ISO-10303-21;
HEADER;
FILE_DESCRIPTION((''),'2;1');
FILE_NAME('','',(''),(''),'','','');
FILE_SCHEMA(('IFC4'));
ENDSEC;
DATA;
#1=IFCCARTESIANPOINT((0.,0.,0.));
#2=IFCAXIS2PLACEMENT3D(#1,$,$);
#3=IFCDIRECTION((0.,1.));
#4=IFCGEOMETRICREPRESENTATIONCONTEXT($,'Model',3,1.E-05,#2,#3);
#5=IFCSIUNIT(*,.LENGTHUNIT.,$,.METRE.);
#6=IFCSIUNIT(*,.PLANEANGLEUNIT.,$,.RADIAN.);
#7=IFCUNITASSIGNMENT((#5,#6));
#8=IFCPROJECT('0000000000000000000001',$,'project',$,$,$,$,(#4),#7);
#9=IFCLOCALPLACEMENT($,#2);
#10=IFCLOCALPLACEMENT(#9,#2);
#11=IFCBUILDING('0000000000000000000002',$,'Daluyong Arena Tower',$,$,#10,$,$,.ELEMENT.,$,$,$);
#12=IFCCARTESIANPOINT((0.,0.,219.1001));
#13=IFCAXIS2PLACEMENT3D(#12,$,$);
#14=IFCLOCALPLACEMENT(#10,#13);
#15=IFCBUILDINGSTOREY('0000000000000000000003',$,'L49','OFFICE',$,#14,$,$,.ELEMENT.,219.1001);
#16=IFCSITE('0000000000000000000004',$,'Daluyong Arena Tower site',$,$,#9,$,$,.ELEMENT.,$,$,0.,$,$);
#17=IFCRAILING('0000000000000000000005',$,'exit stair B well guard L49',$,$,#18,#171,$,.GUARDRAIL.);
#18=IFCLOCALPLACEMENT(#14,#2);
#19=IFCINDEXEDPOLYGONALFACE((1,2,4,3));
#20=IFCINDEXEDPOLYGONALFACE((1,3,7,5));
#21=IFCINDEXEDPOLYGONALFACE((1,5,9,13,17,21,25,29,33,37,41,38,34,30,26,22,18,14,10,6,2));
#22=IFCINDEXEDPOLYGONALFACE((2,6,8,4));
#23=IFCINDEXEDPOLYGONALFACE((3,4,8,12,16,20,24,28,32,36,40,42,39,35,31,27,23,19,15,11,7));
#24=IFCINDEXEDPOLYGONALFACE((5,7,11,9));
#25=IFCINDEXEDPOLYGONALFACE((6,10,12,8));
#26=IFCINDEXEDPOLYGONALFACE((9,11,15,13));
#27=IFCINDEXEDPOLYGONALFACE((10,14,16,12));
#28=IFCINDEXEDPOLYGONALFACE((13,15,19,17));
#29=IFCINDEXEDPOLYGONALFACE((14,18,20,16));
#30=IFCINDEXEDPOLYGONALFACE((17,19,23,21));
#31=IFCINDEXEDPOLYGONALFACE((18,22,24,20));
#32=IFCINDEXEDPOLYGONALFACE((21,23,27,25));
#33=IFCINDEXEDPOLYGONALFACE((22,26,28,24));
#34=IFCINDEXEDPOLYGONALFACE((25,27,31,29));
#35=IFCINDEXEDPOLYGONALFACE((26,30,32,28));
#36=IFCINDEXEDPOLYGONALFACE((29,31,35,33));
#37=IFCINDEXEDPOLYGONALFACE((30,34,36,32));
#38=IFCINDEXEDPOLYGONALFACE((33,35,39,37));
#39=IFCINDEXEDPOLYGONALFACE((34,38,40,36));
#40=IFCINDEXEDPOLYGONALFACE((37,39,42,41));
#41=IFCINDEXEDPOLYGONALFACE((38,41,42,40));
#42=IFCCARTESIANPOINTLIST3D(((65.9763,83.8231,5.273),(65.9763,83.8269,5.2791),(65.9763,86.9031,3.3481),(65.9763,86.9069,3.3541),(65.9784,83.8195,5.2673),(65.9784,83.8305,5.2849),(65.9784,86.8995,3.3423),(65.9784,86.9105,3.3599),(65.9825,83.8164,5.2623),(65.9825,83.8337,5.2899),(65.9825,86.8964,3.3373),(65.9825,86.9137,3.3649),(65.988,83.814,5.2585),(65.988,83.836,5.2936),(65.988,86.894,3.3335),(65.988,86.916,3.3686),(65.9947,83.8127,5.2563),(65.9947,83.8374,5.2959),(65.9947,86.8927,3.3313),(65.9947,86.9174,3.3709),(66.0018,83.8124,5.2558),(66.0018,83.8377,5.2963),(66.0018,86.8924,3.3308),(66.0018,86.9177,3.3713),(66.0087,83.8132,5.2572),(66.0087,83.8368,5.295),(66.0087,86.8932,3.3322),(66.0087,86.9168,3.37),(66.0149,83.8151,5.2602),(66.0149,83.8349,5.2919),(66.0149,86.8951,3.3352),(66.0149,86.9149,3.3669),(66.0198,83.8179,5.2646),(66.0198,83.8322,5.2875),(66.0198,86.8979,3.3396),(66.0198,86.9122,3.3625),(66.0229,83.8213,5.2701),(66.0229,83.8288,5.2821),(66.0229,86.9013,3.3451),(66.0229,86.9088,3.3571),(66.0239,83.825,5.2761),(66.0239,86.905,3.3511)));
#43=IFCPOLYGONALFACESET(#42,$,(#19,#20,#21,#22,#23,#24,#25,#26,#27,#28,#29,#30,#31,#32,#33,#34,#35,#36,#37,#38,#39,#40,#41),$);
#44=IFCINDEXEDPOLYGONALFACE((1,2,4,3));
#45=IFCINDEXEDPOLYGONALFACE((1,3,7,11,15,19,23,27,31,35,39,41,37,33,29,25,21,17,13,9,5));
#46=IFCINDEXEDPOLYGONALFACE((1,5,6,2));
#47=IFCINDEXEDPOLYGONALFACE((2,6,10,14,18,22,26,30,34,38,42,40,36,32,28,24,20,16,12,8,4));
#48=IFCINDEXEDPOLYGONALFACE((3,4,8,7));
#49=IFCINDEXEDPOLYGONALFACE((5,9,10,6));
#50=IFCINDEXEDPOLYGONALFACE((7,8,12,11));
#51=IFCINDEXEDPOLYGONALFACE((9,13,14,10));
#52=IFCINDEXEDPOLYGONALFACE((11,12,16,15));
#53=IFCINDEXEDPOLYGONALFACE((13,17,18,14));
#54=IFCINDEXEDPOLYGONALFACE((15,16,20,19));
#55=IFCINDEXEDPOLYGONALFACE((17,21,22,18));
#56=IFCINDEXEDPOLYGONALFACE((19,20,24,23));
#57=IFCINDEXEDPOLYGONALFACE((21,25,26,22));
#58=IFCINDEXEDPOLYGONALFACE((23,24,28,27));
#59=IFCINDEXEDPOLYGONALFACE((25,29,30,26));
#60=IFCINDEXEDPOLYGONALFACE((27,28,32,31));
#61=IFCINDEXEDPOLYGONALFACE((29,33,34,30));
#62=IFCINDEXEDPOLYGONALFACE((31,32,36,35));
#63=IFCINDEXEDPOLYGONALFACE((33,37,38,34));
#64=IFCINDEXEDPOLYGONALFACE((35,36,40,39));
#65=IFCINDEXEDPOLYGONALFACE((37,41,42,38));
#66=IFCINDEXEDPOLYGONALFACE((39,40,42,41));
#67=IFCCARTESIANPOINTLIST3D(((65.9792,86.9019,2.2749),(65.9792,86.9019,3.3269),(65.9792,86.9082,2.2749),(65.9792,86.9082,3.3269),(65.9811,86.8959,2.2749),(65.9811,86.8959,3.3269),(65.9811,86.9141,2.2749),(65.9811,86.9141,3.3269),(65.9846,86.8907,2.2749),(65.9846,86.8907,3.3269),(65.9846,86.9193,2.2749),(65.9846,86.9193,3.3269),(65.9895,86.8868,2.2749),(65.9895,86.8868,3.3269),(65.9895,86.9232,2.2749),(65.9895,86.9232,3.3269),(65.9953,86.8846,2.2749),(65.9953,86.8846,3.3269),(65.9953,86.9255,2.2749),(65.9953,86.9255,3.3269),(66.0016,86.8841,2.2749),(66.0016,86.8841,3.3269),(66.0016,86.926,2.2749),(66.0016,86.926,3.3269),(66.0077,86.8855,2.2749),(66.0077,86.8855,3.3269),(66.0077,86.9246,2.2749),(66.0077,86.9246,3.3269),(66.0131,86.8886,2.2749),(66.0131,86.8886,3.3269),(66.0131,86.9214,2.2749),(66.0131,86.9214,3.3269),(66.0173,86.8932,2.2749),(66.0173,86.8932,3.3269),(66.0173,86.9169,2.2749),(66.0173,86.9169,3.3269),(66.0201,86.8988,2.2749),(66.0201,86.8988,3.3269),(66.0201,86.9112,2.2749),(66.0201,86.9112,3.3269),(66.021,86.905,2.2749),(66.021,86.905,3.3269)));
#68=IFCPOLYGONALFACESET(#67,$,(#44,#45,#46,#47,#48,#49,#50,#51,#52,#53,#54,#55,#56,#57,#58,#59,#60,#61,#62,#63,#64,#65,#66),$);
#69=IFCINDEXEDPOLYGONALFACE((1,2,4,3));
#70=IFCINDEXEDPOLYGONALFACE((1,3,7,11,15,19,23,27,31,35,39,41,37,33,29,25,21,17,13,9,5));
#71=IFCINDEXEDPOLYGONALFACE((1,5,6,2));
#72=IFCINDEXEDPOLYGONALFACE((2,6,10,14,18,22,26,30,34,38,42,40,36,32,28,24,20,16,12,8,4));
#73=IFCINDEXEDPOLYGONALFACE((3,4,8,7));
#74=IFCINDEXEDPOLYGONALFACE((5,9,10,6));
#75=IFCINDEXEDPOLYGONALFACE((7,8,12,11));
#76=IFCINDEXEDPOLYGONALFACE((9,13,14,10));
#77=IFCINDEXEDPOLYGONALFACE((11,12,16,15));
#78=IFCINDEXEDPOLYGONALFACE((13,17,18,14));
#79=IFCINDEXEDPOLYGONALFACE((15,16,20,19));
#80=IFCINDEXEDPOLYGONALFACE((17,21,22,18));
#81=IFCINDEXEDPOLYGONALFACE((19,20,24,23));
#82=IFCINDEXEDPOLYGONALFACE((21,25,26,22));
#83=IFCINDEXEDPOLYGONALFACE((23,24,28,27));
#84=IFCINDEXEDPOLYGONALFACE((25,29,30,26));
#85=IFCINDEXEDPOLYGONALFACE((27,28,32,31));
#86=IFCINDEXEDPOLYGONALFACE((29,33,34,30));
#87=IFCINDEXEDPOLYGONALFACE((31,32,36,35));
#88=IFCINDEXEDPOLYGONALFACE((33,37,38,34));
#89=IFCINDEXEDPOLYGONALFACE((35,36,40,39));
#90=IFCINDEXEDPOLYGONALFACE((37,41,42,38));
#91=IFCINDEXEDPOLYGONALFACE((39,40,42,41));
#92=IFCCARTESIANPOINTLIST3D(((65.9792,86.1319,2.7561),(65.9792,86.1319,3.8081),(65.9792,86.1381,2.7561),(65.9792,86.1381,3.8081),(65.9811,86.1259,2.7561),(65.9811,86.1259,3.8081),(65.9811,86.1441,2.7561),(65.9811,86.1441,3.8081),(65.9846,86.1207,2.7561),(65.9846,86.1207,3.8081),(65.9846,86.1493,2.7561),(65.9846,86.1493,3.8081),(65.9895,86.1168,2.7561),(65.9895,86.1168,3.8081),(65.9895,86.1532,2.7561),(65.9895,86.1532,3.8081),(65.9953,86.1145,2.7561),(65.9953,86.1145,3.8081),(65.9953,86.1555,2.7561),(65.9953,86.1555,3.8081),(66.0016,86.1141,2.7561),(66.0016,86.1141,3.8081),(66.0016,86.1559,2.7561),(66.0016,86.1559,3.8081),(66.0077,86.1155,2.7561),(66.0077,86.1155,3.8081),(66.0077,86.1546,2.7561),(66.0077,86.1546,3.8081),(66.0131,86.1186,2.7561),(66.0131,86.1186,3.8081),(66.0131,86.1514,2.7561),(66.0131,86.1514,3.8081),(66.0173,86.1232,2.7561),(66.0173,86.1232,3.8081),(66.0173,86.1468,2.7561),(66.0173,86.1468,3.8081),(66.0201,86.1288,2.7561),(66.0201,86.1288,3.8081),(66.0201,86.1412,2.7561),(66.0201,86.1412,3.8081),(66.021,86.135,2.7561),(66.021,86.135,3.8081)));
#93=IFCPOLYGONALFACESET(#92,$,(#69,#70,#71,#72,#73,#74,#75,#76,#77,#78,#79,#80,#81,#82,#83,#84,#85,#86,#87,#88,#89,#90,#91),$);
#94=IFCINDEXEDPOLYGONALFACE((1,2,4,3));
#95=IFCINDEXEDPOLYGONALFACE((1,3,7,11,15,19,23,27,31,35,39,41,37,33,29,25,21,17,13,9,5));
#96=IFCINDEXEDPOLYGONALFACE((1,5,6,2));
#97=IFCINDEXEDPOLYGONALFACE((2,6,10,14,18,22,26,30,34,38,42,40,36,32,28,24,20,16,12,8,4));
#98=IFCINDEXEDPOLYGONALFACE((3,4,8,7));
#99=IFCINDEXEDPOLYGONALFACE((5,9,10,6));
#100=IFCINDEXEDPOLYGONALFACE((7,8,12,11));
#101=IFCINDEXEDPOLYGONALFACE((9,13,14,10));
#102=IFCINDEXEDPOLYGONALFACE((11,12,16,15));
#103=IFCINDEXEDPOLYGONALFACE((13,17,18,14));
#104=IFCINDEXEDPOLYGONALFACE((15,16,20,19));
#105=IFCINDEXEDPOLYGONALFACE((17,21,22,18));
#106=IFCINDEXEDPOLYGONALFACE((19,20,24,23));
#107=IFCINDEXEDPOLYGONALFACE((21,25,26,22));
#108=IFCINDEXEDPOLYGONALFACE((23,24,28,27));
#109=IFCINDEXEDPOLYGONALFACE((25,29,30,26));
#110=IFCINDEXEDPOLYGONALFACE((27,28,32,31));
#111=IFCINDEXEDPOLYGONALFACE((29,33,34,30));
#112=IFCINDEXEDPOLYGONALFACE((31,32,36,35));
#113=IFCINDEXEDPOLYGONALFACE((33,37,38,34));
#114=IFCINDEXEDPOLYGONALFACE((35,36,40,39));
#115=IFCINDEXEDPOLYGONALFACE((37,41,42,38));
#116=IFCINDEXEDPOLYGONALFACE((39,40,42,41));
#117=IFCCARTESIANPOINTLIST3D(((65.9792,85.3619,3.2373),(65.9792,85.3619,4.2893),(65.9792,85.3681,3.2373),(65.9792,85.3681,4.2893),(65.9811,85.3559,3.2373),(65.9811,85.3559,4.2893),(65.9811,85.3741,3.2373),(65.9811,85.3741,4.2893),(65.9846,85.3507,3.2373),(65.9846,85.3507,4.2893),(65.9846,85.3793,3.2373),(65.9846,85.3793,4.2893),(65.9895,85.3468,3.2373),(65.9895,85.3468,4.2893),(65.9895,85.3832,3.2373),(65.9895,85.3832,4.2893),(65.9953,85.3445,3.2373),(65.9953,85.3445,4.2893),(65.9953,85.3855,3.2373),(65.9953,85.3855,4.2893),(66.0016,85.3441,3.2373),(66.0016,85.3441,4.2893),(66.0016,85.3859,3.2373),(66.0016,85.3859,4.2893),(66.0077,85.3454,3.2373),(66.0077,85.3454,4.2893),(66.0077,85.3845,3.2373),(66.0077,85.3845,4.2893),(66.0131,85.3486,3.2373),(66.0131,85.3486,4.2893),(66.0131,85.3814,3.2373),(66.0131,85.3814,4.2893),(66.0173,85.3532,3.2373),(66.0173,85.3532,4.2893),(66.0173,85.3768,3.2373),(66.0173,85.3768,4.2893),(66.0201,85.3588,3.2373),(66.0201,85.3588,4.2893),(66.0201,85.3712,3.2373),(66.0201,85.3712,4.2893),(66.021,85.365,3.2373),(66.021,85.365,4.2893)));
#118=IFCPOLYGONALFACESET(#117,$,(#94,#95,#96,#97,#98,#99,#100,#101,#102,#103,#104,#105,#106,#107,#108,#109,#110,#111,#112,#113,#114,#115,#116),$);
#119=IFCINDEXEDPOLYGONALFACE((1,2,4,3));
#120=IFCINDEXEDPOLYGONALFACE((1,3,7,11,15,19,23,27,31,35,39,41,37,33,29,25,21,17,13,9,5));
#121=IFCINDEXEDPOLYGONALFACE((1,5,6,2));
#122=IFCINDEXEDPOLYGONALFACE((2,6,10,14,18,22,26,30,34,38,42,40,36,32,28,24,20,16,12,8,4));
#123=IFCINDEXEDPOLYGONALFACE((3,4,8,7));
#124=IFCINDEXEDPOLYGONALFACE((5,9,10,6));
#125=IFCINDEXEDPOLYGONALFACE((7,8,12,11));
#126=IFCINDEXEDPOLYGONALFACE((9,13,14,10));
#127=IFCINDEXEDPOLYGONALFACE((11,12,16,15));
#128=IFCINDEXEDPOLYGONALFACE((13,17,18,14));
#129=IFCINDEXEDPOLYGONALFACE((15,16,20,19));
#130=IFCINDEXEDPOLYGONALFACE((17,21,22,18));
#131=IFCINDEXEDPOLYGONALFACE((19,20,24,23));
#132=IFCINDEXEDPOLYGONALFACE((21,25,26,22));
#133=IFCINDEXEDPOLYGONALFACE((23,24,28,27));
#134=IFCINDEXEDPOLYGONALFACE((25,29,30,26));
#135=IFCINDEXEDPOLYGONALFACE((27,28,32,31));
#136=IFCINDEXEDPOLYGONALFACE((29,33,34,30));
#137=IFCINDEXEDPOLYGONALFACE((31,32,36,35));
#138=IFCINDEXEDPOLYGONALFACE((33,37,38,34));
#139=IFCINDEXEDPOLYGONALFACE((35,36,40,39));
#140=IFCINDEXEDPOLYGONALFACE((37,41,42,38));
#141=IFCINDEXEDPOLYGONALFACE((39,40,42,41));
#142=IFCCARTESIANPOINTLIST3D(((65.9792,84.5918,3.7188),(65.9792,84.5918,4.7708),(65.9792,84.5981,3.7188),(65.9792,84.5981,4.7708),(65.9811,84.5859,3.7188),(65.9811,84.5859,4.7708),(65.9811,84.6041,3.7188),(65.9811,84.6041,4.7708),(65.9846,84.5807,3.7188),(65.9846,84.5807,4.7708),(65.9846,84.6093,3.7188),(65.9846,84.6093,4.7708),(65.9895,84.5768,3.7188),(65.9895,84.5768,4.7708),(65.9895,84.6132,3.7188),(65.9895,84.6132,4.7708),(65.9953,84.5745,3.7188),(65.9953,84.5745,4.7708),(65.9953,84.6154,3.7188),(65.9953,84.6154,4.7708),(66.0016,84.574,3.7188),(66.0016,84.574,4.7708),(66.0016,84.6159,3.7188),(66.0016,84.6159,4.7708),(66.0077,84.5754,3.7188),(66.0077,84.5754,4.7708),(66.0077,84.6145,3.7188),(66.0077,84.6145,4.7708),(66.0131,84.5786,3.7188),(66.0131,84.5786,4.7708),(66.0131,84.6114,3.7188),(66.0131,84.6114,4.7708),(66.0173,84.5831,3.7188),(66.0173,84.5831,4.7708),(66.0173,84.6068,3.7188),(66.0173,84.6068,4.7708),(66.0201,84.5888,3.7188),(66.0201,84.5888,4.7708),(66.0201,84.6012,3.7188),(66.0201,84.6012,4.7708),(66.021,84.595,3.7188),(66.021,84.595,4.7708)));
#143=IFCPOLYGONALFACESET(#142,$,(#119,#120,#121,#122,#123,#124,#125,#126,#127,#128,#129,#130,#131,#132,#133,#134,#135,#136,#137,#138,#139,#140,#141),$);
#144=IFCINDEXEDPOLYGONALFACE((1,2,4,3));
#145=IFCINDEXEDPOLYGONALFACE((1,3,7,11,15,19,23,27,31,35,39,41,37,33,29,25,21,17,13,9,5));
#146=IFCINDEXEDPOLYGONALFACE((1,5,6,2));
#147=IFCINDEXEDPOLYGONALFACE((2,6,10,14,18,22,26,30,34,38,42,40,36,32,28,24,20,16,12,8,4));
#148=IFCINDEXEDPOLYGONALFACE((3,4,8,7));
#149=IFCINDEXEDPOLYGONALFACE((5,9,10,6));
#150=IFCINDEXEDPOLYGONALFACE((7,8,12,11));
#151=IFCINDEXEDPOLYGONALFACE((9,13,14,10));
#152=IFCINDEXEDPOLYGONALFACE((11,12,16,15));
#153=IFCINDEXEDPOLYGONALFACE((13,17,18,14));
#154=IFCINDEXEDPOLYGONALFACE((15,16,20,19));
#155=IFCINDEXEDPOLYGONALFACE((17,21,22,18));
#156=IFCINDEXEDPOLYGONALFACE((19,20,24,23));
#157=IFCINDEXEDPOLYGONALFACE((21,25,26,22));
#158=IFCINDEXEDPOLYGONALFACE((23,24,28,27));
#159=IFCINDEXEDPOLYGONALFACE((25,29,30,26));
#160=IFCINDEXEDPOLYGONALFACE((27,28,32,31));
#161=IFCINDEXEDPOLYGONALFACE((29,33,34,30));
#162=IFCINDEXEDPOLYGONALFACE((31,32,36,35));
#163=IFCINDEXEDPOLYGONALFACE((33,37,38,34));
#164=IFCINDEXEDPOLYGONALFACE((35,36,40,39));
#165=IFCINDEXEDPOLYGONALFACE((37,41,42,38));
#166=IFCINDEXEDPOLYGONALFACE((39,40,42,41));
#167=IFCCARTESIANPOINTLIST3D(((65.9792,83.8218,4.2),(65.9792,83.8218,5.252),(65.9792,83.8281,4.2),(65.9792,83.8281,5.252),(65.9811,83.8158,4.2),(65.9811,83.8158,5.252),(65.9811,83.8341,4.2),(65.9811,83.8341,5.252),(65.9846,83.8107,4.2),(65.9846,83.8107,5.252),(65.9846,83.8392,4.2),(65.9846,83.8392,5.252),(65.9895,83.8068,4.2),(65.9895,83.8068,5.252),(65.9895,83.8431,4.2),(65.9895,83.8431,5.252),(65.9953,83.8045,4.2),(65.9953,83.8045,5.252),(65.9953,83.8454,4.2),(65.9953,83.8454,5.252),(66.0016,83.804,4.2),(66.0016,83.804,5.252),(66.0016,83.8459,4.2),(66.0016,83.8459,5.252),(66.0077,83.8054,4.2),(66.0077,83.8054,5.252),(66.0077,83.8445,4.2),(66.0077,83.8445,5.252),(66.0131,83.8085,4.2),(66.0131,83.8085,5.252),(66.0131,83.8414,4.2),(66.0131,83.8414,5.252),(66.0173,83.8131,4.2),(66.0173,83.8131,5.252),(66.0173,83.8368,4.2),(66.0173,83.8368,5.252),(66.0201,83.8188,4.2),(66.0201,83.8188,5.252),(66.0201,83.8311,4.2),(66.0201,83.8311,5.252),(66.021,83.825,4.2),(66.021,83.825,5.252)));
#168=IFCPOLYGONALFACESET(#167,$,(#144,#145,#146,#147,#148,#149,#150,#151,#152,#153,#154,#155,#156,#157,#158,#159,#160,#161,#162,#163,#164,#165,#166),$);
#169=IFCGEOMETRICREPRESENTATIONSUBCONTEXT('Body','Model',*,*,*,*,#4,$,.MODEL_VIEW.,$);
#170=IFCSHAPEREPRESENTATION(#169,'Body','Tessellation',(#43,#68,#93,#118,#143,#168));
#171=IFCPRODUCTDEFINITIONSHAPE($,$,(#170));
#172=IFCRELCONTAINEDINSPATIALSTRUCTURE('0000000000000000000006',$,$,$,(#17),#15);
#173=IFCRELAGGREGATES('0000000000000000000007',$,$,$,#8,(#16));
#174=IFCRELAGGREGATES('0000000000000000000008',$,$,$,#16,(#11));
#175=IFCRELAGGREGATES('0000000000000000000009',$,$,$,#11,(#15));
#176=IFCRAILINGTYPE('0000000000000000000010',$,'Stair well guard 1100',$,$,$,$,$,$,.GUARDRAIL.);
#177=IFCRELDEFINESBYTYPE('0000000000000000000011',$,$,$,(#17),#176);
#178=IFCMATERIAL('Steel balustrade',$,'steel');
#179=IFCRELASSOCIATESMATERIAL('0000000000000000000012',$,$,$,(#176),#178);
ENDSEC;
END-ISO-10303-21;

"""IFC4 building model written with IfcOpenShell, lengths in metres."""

from ifc_helpers import new_model, si_unit, direction, frame, origin, origin_2d, place, context, subcontext, project, spatial, circle, extrude, material, type_object, element, save


model = new_model("IFC4")

# Units and contexts
model_context = context("Model", 3, precision=1e-05, world=origin(), true_north=direction((0.0, 1.0)))
body_context = subcontext(model_context, "Body", "Model", "MODEL_VIEW")
ifc_project = project(units=[si_unit("LENGTHUNIT", "METRE"), si_unit("PLANEANGLEUNIT", "RADIAN")], contexts=[model_context])

# Site, building, storey
site_placement = place(None, origin())
site = spatial("IfcSite", under=ifc_project, at=site_placement, Name="Daluyong Arena Tower site", CompositionType="ELEMENT", RefElevation=0.0)
building_placement = place(site_placement, origin())
building = spatial("IfcBuilding", under=site, at=building_placement, Name="Daluyong Arena Tower", CompositionType="ELEMENT")
storey_placement = place(building_placement, frame((0.0, 0.0, 219.1001)))
storey = spatial("IfcBuildingStorey", under=building, at=storey_placement, Name="L49", Description="OFFICE", CompositionType="ELEMENT", Elevation=219.1001)

# Railing
ifc_material_1 = material(Name="Steel balustrade", Category="steel")
railing_type_1 = type_object("IfcRailingType", Name="Stair well guard 1100", PredefinedType="GUARDRAIL", material=ifc_material_1)
railing_1_placement = place(storey_placement, frame((66.0, 86.905, 2.2749)))
element("IfcRailing", 1, at=railing_1_placement, inside=storey, type_object=railing_type_1, Name="exit stair B well guard L49", PredefinedType="GUARDRAIL", context=body_context, shape_type="SweptSolid", body=[
    extrude(circle(Radius=0.0239, at=origin_2d()), frame((0.0, 0.0, 1.0762), z_axis=(0.0, -0.847998, 0.529999), x_axis=(1.0, 0.0, 0.0)), (0.0, 0.0, 1.0), 3.6321),
    extrude(circle(Radius=0.021, at=origin_2d()), origin(), (0.0, 0.0, 1.0), 1.052),
    extrude(circle(Radius=0.021, at=origin_2d()), frame((0.0, -0.77, 0.4812)), (0.0, 0.0, 1.0), 1.052),
    extrude(circle(Radius=0.021, at=origin_2d()), frame((0.0, -1.54, 0.9624)), (0.0, 0.0, 1.0), 1.052),
    extrude(circle(Radius=0.021, at=origin_2d()), frame((0.0, -2.3101, 1.4438)), (0.0, 0.0, 1.0), 1.052),
    extrude(circle(Radius=0.021, at=origin_2d()), frame((0.0, -3.0801, 1.925)), (0.0, 0.0, 1.0), 1.052),
])

save(model, "model.ifc")
